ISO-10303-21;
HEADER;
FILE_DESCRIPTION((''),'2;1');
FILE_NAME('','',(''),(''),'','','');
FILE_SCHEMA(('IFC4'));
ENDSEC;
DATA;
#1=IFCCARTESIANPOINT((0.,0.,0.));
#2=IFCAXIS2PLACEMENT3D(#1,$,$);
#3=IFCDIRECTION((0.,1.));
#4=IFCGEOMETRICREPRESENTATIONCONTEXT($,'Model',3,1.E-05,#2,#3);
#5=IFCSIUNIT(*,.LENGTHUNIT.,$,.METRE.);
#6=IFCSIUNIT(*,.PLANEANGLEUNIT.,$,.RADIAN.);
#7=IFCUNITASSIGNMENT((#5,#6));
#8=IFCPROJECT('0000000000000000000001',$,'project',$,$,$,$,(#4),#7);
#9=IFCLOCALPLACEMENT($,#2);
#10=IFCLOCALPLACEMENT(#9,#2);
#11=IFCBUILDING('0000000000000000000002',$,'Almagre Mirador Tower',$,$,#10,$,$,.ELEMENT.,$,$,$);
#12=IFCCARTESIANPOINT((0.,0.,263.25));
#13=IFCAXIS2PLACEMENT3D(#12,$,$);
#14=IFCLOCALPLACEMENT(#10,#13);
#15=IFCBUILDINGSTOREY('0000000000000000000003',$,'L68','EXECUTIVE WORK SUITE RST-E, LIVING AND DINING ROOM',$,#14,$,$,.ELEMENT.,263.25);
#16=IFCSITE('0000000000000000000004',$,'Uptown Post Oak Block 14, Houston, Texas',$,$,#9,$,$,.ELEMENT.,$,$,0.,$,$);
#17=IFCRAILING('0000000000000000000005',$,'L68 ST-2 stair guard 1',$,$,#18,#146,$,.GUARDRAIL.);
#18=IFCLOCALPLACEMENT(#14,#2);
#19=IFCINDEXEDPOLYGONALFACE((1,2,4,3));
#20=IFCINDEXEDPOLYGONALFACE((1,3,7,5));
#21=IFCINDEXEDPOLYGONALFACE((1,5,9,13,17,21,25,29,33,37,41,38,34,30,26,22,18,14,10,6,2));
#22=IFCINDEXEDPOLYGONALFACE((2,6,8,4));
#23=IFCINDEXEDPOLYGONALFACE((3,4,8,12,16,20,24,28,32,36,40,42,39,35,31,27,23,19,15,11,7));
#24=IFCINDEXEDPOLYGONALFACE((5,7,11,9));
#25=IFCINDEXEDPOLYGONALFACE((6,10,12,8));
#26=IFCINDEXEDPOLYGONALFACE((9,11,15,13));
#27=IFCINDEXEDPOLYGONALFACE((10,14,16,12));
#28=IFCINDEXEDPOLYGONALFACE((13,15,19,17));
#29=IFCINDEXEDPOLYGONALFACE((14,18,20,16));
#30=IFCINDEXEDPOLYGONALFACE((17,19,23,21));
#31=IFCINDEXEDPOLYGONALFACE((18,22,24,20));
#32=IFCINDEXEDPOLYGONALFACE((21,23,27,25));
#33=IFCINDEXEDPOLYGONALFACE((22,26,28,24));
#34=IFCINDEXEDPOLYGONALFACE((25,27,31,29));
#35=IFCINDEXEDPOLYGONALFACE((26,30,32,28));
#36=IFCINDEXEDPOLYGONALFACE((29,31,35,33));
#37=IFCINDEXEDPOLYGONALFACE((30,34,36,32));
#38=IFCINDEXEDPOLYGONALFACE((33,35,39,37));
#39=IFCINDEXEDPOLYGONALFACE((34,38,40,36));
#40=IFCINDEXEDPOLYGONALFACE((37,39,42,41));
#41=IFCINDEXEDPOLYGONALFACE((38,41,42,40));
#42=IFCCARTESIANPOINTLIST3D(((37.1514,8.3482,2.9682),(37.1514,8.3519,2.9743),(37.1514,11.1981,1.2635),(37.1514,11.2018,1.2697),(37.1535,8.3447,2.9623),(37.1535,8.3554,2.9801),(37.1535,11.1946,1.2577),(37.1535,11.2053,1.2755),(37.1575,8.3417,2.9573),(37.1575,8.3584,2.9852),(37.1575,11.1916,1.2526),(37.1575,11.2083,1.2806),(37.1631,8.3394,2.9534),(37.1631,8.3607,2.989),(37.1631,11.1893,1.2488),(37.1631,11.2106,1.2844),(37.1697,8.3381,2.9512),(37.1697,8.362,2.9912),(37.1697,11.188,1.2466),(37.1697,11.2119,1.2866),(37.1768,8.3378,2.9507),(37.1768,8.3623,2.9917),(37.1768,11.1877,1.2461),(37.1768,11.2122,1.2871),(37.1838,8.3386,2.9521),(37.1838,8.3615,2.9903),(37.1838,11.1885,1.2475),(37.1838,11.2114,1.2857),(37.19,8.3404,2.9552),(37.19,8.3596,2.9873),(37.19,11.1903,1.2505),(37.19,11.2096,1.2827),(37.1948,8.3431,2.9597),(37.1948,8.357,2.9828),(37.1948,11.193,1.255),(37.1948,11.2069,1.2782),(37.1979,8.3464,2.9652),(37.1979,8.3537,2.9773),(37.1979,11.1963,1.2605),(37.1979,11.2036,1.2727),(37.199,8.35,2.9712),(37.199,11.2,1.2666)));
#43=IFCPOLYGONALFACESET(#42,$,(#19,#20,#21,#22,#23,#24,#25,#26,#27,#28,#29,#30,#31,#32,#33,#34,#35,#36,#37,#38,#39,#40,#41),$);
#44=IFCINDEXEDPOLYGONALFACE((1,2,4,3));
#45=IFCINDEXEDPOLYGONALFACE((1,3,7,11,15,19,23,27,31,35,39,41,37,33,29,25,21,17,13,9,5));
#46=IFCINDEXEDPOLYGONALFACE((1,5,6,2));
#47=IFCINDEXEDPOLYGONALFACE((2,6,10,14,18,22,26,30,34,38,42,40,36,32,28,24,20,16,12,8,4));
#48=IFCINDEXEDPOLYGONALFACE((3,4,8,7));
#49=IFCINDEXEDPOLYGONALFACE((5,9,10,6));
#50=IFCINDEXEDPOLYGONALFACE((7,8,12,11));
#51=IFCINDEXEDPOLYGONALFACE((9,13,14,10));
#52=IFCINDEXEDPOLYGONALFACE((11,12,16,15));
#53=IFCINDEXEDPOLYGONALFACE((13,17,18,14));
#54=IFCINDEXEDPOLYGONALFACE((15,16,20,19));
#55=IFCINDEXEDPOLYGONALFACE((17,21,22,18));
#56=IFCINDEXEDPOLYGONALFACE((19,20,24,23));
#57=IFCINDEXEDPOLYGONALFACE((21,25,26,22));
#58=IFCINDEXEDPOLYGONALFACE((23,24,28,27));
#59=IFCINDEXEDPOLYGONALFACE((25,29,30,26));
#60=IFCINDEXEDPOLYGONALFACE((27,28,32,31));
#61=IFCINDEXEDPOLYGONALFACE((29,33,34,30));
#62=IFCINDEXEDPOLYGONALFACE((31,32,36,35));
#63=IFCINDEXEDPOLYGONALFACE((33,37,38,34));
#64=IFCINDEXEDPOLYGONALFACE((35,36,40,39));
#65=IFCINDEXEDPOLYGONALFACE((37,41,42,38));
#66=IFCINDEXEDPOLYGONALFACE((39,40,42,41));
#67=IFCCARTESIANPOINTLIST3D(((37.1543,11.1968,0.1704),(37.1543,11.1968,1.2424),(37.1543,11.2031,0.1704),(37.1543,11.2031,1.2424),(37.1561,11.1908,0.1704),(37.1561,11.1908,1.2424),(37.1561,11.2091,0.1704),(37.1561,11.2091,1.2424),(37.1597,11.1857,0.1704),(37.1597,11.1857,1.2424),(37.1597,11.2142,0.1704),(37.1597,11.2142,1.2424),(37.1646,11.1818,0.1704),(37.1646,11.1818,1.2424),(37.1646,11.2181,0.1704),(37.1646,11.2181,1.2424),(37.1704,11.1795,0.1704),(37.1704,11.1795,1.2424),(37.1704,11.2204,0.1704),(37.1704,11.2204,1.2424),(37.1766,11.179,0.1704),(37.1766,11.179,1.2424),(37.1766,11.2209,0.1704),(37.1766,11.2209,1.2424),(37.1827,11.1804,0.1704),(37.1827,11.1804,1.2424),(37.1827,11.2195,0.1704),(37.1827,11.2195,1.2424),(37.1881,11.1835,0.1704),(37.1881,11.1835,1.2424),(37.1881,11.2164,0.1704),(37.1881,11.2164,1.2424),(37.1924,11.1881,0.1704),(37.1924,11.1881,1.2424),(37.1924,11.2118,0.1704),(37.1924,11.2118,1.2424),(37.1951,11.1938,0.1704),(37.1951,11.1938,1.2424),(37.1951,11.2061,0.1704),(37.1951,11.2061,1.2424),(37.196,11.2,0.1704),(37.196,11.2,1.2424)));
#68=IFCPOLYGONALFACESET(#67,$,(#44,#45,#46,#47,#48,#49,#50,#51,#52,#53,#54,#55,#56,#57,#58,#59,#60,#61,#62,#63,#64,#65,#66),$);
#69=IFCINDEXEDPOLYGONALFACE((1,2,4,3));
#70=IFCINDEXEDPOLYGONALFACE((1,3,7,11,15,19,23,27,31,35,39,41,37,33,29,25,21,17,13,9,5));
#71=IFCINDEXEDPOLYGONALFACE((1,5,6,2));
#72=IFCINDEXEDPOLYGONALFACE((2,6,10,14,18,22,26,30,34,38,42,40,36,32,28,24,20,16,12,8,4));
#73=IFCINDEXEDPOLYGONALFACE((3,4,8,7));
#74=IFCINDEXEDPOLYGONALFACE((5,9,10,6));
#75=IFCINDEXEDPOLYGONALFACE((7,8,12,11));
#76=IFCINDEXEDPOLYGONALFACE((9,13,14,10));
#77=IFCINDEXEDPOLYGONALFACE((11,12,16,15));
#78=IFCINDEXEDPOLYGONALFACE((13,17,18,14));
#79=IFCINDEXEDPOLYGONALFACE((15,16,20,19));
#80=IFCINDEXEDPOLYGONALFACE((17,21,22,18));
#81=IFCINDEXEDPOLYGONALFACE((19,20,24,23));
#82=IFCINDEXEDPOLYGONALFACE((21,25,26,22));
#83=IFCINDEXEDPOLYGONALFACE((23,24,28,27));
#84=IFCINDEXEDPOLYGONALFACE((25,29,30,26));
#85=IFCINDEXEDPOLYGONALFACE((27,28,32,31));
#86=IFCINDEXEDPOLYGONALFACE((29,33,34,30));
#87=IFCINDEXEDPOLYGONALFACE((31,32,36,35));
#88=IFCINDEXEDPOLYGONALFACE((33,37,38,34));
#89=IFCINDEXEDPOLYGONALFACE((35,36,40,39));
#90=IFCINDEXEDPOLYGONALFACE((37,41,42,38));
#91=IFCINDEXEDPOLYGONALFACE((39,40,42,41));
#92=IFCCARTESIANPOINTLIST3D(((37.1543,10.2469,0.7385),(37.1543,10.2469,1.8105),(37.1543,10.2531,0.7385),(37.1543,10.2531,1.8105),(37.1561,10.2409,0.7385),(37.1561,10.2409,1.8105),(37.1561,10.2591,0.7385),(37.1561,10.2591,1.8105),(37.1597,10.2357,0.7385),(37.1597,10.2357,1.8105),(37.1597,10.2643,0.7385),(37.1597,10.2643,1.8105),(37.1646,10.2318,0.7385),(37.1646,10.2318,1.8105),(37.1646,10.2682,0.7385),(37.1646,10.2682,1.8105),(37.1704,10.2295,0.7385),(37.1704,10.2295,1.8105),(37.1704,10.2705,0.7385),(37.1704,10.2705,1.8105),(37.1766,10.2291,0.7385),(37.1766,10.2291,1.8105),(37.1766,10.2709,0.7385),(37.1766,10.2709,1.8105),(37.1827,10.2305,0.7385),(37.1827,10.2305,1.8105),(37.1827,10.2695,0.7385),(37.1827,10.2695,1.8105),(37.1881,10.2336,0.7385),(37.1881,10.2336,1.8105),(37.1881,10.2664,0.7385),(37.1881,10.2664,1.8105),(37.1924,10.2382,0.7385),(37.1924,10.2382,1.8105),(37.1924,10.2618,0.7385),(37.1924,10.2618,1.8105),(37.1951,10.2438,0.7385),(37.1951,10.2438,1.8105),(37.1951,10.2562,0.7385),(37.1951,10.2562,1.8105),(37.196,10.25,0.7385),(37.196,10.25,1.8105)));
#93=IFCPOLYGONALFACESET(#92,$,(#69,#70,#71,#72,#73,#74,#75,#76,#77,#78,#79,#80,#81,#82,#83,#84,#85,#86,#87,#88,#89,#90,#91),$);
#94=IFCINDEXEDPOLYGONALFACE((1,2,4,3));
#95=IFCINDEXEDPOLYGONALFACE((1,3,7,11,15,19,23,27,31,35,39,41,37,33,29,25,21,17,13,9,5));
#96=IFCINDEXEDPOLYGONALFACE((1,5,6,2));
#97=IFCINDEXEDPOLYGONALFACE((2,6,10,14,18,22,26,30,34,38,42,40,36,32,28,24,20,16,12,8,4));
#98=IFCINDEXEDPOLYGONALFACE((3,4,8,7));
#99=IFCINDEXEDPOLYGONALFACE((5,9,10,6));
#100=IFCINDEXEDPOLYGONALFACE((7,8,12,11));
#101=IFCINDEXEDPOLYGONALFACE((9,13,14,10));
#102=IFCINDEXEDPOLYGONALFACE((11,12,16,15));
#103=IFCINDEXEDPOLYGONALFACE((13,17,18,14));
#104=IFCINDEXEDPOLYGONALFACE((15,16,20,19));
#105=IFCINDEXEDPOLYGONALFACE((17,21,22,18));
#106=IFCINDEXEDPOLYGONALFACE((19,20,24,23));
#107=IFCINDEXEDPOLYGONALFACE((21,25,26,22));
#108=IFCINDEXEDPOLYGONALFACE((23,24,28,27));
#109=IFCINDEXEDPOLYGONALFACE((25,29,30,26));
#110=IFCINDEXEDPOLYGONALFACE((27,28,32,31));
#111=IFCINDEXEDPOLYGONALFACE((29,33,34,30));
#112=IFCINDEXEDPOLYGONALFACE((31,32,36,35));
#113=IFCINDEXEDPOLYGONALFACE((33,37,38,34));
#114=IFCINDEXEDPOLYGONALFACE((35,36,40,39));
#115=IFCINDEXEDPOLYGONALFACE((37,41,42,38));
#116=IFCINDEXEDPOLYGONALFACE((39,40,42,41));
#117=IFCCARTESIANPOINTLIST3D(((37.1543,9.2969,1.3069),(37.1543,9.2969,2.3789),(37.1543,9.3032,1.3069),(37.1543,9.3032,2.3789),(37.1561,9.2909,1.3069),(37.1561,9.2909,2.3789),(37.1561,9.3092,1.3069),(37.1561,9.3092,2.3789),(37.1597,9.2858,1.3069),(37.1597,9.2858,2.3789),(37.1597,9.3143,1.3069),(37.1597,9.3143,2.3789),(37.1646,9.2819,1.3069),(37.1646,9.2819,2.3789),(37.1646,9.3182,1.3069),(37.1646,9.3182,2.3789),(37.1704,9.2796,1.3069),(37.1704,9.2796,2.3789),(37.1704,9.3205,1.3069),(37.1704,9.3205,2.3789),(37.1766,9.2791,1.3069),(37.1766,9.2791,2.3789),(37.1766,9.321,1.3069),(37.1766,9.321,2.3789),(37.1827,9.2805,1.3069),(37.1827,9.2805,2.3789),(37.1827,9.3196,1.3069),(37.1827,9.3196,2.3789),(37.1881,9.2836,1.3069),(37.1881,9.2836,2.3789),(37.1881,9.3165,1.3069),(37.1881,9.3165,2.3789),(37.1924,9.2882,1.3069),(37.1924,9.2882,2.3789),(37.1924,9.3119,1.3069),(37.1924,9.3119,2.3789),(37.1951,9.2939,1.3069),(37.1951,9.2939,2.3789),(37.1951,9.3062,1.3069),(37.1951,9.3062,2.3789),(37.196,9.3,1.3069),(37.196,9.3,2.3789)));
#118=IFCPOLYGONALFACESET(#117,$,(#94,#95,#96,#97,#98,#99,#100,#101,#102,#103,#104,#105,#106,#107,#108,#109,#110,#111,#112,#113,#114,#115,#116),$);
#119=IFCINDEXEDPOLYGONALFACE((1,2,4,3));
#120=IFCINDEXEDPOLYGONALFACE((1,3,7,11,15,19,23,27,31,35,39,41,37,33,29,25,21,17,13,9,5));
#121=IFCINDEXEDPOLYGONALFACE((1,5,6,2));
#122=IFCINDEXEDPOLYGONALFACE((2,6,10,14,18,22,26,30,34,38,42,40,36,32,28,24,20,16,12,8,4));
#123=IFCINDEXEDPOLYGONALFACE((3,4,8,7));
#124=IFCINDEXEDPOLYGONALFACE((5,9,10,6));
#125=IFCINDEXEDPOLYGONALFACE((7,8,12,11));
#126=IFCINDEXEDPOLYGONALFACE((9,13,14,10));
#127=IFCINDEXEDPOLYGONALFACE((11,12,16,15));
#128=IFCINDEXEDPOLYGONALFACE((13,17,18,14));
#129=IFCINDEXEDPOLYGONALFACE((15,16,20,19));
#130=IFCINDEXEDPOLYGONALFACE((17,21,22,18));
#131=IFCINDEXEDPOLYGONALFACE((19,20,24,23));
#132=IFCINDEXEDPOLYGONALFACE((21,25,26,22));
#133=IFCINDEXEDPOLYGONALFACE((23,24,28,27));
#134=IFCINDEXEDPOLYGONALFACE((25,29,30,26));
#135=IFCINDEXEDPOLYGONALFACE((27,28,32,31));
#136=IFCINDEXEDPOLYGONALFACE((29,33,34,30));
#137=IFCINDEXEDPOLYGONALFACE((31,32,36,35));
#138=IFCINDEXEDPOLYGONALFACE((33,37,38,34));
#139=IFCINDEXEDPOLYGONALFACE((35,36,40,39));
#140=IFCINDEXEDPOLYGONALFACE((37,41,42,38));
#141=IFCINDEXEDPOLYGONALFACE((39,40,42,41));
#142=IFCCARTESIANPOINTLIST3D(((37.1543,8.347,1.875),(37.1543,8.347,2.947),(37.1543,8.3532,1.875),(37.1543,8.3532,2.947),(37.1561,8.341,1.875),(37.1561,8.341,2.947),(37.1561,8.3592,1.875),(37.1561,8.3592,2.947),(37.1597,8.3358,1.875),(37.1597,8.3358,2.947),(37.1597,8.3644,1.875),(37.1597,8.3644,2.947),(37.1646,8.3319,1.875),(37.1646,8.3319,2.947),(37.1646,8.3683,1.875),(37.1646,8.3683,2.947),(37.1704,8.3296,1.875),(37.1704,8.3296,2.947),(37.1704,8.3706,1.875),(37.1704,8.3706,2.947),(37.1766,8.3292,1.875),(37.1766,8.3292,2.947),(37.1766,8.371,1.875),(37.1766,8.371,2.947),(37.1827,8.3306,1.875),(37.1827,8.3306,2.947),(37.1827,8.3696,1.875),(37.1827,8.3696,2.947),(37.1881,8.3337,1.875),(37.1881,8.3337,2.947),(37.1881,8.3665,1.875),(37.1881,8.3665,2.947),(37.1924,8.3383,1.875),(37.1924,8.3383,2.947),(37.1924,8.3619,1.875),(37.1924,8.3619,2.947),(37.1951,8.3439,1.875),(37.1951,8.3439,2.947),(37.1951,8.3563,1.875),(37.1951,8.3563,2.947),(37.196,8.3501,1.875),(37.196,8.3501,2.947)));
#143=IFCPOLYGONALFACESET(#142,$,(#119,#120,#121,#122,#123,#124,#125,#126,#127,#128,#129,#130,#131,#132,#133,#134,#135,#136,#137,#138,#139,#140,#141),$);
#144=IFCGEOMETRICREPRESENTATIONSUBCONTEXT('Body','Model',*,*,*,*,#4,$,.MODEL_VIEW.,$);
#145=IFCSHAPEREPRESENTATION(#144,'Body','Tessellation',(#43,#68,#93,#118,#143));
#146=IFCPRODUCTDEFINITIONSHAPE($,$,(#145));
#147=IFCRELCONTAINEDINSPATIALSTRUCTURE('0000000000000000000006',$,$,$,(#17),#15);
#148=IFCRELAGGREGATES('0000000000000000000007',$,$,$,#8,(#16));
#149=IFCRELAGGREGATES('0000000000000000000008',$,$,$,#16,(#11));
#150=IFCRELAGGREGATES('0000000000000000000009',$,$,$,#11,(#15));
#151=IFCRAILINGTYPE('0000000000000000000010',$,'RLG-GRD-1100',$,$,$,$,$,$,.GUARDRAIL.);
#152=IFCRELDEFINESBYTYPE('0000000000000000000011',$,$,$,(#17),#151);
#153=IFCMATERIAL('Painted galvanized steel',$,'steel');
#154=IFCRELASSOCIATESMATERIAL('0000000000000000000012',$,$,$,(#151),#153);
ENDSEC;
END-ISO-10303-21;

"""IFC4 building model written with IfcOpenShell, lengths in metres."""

from ifc_helpers import new_model, si_unit, direction, frame, origin, origin_2d, place, context, subcontext, project, spatial, circle, extrude, material, type_object, element, save


model = new_model("IFC4")

# Units and contexts
model_context = context("Model", 3, precision=1e-05, world=origin(), true_north=direction((0.0, 1.0)))
body_context = subcontext(model_context, "Body", "Model", "MODEL_VIEW")
ifc_project = project(units=[si_unit("LENGTHUNIT", "METRE"), si_unit("PLANEANGLEUNIT", "RADIAN")], contexts=[model_context])

# Site, building, storey
site_placement = place(None, origin())
site = spatial("IfcSite", under=ifc_project, at=site_placement, Name="Uptown Post Oak Block 14, Houston, Texas", CompositionType="ELEMENT", RefElevation=0.0)
building_placement = place(site_placement, origin())
building = spatial("IfcBuilding", under=site, at=building_placement, Name="Almagre Mirador Tower", CompositionType="ELEMENT")
storey_placement = place(building_placement, frame((0.0, 0.0, 263.25)))
storey = spatial("IfcBuildingStorey", under=building, at=storey_placement, Name="L68", Description="EXECUTIVE WORK SUITE RST-E, LIVING AND DINING ROOM", CompositionType="ELEMENT", Elevation=263.25)

# Railing
ifc_material_1 = material(Name="Painted galvanized steel", Category="steel")
railing_type_1 = type_object("IfcRailingType", Name="RLG-GRD-1100", PredefinedType="GUARDRAIL", material=ifc_material_1)
railing_1_placement = place(storey_placement, frame((37.175, 11.2, 0.1704)))
element("IfcRailing", 1, at=railing_1_placement, inside=storey, type_object=railing_type_1, Name="L68 ST-2 stair guard 1", PredefinedType="GUARDRAIL", context=body_context, shape_type="SweptSolid", body=[
    extrude(circle(Radius=0.0239, at=origin_2d()), frame((0.0, 0.0, 1.0962), z_axis=(0.0, -0.858199, 0.513317), x_axis=(1.0, 0.0, 0.0)), (0.0, 0.0, 1.0), 3.3208),
    extrude(circle(Radius=0.021, at=origin_2d()), origin(), (0.0, 0.0, 1.0), 1.072),
    extrude(circle(Radius=0.021, at=origin_2d()), frame((0.0, -0.95, 0.5681)), (0.0, 0.0, 1.0), 1.072),
    extrude(circle(Radius=0.021, at=origin_2d()), frame((0.0, -1.8999, 1.1365)), (0.0, 0.0, 1.0), 1.072),
    extrude(circle(Radius=0.021, at=origin_2d()), frame((0.0, -2.8499, 1.7046)), (0.0, 0.0, 1.0), 1.072),
])

save(model, "model.ifc")
